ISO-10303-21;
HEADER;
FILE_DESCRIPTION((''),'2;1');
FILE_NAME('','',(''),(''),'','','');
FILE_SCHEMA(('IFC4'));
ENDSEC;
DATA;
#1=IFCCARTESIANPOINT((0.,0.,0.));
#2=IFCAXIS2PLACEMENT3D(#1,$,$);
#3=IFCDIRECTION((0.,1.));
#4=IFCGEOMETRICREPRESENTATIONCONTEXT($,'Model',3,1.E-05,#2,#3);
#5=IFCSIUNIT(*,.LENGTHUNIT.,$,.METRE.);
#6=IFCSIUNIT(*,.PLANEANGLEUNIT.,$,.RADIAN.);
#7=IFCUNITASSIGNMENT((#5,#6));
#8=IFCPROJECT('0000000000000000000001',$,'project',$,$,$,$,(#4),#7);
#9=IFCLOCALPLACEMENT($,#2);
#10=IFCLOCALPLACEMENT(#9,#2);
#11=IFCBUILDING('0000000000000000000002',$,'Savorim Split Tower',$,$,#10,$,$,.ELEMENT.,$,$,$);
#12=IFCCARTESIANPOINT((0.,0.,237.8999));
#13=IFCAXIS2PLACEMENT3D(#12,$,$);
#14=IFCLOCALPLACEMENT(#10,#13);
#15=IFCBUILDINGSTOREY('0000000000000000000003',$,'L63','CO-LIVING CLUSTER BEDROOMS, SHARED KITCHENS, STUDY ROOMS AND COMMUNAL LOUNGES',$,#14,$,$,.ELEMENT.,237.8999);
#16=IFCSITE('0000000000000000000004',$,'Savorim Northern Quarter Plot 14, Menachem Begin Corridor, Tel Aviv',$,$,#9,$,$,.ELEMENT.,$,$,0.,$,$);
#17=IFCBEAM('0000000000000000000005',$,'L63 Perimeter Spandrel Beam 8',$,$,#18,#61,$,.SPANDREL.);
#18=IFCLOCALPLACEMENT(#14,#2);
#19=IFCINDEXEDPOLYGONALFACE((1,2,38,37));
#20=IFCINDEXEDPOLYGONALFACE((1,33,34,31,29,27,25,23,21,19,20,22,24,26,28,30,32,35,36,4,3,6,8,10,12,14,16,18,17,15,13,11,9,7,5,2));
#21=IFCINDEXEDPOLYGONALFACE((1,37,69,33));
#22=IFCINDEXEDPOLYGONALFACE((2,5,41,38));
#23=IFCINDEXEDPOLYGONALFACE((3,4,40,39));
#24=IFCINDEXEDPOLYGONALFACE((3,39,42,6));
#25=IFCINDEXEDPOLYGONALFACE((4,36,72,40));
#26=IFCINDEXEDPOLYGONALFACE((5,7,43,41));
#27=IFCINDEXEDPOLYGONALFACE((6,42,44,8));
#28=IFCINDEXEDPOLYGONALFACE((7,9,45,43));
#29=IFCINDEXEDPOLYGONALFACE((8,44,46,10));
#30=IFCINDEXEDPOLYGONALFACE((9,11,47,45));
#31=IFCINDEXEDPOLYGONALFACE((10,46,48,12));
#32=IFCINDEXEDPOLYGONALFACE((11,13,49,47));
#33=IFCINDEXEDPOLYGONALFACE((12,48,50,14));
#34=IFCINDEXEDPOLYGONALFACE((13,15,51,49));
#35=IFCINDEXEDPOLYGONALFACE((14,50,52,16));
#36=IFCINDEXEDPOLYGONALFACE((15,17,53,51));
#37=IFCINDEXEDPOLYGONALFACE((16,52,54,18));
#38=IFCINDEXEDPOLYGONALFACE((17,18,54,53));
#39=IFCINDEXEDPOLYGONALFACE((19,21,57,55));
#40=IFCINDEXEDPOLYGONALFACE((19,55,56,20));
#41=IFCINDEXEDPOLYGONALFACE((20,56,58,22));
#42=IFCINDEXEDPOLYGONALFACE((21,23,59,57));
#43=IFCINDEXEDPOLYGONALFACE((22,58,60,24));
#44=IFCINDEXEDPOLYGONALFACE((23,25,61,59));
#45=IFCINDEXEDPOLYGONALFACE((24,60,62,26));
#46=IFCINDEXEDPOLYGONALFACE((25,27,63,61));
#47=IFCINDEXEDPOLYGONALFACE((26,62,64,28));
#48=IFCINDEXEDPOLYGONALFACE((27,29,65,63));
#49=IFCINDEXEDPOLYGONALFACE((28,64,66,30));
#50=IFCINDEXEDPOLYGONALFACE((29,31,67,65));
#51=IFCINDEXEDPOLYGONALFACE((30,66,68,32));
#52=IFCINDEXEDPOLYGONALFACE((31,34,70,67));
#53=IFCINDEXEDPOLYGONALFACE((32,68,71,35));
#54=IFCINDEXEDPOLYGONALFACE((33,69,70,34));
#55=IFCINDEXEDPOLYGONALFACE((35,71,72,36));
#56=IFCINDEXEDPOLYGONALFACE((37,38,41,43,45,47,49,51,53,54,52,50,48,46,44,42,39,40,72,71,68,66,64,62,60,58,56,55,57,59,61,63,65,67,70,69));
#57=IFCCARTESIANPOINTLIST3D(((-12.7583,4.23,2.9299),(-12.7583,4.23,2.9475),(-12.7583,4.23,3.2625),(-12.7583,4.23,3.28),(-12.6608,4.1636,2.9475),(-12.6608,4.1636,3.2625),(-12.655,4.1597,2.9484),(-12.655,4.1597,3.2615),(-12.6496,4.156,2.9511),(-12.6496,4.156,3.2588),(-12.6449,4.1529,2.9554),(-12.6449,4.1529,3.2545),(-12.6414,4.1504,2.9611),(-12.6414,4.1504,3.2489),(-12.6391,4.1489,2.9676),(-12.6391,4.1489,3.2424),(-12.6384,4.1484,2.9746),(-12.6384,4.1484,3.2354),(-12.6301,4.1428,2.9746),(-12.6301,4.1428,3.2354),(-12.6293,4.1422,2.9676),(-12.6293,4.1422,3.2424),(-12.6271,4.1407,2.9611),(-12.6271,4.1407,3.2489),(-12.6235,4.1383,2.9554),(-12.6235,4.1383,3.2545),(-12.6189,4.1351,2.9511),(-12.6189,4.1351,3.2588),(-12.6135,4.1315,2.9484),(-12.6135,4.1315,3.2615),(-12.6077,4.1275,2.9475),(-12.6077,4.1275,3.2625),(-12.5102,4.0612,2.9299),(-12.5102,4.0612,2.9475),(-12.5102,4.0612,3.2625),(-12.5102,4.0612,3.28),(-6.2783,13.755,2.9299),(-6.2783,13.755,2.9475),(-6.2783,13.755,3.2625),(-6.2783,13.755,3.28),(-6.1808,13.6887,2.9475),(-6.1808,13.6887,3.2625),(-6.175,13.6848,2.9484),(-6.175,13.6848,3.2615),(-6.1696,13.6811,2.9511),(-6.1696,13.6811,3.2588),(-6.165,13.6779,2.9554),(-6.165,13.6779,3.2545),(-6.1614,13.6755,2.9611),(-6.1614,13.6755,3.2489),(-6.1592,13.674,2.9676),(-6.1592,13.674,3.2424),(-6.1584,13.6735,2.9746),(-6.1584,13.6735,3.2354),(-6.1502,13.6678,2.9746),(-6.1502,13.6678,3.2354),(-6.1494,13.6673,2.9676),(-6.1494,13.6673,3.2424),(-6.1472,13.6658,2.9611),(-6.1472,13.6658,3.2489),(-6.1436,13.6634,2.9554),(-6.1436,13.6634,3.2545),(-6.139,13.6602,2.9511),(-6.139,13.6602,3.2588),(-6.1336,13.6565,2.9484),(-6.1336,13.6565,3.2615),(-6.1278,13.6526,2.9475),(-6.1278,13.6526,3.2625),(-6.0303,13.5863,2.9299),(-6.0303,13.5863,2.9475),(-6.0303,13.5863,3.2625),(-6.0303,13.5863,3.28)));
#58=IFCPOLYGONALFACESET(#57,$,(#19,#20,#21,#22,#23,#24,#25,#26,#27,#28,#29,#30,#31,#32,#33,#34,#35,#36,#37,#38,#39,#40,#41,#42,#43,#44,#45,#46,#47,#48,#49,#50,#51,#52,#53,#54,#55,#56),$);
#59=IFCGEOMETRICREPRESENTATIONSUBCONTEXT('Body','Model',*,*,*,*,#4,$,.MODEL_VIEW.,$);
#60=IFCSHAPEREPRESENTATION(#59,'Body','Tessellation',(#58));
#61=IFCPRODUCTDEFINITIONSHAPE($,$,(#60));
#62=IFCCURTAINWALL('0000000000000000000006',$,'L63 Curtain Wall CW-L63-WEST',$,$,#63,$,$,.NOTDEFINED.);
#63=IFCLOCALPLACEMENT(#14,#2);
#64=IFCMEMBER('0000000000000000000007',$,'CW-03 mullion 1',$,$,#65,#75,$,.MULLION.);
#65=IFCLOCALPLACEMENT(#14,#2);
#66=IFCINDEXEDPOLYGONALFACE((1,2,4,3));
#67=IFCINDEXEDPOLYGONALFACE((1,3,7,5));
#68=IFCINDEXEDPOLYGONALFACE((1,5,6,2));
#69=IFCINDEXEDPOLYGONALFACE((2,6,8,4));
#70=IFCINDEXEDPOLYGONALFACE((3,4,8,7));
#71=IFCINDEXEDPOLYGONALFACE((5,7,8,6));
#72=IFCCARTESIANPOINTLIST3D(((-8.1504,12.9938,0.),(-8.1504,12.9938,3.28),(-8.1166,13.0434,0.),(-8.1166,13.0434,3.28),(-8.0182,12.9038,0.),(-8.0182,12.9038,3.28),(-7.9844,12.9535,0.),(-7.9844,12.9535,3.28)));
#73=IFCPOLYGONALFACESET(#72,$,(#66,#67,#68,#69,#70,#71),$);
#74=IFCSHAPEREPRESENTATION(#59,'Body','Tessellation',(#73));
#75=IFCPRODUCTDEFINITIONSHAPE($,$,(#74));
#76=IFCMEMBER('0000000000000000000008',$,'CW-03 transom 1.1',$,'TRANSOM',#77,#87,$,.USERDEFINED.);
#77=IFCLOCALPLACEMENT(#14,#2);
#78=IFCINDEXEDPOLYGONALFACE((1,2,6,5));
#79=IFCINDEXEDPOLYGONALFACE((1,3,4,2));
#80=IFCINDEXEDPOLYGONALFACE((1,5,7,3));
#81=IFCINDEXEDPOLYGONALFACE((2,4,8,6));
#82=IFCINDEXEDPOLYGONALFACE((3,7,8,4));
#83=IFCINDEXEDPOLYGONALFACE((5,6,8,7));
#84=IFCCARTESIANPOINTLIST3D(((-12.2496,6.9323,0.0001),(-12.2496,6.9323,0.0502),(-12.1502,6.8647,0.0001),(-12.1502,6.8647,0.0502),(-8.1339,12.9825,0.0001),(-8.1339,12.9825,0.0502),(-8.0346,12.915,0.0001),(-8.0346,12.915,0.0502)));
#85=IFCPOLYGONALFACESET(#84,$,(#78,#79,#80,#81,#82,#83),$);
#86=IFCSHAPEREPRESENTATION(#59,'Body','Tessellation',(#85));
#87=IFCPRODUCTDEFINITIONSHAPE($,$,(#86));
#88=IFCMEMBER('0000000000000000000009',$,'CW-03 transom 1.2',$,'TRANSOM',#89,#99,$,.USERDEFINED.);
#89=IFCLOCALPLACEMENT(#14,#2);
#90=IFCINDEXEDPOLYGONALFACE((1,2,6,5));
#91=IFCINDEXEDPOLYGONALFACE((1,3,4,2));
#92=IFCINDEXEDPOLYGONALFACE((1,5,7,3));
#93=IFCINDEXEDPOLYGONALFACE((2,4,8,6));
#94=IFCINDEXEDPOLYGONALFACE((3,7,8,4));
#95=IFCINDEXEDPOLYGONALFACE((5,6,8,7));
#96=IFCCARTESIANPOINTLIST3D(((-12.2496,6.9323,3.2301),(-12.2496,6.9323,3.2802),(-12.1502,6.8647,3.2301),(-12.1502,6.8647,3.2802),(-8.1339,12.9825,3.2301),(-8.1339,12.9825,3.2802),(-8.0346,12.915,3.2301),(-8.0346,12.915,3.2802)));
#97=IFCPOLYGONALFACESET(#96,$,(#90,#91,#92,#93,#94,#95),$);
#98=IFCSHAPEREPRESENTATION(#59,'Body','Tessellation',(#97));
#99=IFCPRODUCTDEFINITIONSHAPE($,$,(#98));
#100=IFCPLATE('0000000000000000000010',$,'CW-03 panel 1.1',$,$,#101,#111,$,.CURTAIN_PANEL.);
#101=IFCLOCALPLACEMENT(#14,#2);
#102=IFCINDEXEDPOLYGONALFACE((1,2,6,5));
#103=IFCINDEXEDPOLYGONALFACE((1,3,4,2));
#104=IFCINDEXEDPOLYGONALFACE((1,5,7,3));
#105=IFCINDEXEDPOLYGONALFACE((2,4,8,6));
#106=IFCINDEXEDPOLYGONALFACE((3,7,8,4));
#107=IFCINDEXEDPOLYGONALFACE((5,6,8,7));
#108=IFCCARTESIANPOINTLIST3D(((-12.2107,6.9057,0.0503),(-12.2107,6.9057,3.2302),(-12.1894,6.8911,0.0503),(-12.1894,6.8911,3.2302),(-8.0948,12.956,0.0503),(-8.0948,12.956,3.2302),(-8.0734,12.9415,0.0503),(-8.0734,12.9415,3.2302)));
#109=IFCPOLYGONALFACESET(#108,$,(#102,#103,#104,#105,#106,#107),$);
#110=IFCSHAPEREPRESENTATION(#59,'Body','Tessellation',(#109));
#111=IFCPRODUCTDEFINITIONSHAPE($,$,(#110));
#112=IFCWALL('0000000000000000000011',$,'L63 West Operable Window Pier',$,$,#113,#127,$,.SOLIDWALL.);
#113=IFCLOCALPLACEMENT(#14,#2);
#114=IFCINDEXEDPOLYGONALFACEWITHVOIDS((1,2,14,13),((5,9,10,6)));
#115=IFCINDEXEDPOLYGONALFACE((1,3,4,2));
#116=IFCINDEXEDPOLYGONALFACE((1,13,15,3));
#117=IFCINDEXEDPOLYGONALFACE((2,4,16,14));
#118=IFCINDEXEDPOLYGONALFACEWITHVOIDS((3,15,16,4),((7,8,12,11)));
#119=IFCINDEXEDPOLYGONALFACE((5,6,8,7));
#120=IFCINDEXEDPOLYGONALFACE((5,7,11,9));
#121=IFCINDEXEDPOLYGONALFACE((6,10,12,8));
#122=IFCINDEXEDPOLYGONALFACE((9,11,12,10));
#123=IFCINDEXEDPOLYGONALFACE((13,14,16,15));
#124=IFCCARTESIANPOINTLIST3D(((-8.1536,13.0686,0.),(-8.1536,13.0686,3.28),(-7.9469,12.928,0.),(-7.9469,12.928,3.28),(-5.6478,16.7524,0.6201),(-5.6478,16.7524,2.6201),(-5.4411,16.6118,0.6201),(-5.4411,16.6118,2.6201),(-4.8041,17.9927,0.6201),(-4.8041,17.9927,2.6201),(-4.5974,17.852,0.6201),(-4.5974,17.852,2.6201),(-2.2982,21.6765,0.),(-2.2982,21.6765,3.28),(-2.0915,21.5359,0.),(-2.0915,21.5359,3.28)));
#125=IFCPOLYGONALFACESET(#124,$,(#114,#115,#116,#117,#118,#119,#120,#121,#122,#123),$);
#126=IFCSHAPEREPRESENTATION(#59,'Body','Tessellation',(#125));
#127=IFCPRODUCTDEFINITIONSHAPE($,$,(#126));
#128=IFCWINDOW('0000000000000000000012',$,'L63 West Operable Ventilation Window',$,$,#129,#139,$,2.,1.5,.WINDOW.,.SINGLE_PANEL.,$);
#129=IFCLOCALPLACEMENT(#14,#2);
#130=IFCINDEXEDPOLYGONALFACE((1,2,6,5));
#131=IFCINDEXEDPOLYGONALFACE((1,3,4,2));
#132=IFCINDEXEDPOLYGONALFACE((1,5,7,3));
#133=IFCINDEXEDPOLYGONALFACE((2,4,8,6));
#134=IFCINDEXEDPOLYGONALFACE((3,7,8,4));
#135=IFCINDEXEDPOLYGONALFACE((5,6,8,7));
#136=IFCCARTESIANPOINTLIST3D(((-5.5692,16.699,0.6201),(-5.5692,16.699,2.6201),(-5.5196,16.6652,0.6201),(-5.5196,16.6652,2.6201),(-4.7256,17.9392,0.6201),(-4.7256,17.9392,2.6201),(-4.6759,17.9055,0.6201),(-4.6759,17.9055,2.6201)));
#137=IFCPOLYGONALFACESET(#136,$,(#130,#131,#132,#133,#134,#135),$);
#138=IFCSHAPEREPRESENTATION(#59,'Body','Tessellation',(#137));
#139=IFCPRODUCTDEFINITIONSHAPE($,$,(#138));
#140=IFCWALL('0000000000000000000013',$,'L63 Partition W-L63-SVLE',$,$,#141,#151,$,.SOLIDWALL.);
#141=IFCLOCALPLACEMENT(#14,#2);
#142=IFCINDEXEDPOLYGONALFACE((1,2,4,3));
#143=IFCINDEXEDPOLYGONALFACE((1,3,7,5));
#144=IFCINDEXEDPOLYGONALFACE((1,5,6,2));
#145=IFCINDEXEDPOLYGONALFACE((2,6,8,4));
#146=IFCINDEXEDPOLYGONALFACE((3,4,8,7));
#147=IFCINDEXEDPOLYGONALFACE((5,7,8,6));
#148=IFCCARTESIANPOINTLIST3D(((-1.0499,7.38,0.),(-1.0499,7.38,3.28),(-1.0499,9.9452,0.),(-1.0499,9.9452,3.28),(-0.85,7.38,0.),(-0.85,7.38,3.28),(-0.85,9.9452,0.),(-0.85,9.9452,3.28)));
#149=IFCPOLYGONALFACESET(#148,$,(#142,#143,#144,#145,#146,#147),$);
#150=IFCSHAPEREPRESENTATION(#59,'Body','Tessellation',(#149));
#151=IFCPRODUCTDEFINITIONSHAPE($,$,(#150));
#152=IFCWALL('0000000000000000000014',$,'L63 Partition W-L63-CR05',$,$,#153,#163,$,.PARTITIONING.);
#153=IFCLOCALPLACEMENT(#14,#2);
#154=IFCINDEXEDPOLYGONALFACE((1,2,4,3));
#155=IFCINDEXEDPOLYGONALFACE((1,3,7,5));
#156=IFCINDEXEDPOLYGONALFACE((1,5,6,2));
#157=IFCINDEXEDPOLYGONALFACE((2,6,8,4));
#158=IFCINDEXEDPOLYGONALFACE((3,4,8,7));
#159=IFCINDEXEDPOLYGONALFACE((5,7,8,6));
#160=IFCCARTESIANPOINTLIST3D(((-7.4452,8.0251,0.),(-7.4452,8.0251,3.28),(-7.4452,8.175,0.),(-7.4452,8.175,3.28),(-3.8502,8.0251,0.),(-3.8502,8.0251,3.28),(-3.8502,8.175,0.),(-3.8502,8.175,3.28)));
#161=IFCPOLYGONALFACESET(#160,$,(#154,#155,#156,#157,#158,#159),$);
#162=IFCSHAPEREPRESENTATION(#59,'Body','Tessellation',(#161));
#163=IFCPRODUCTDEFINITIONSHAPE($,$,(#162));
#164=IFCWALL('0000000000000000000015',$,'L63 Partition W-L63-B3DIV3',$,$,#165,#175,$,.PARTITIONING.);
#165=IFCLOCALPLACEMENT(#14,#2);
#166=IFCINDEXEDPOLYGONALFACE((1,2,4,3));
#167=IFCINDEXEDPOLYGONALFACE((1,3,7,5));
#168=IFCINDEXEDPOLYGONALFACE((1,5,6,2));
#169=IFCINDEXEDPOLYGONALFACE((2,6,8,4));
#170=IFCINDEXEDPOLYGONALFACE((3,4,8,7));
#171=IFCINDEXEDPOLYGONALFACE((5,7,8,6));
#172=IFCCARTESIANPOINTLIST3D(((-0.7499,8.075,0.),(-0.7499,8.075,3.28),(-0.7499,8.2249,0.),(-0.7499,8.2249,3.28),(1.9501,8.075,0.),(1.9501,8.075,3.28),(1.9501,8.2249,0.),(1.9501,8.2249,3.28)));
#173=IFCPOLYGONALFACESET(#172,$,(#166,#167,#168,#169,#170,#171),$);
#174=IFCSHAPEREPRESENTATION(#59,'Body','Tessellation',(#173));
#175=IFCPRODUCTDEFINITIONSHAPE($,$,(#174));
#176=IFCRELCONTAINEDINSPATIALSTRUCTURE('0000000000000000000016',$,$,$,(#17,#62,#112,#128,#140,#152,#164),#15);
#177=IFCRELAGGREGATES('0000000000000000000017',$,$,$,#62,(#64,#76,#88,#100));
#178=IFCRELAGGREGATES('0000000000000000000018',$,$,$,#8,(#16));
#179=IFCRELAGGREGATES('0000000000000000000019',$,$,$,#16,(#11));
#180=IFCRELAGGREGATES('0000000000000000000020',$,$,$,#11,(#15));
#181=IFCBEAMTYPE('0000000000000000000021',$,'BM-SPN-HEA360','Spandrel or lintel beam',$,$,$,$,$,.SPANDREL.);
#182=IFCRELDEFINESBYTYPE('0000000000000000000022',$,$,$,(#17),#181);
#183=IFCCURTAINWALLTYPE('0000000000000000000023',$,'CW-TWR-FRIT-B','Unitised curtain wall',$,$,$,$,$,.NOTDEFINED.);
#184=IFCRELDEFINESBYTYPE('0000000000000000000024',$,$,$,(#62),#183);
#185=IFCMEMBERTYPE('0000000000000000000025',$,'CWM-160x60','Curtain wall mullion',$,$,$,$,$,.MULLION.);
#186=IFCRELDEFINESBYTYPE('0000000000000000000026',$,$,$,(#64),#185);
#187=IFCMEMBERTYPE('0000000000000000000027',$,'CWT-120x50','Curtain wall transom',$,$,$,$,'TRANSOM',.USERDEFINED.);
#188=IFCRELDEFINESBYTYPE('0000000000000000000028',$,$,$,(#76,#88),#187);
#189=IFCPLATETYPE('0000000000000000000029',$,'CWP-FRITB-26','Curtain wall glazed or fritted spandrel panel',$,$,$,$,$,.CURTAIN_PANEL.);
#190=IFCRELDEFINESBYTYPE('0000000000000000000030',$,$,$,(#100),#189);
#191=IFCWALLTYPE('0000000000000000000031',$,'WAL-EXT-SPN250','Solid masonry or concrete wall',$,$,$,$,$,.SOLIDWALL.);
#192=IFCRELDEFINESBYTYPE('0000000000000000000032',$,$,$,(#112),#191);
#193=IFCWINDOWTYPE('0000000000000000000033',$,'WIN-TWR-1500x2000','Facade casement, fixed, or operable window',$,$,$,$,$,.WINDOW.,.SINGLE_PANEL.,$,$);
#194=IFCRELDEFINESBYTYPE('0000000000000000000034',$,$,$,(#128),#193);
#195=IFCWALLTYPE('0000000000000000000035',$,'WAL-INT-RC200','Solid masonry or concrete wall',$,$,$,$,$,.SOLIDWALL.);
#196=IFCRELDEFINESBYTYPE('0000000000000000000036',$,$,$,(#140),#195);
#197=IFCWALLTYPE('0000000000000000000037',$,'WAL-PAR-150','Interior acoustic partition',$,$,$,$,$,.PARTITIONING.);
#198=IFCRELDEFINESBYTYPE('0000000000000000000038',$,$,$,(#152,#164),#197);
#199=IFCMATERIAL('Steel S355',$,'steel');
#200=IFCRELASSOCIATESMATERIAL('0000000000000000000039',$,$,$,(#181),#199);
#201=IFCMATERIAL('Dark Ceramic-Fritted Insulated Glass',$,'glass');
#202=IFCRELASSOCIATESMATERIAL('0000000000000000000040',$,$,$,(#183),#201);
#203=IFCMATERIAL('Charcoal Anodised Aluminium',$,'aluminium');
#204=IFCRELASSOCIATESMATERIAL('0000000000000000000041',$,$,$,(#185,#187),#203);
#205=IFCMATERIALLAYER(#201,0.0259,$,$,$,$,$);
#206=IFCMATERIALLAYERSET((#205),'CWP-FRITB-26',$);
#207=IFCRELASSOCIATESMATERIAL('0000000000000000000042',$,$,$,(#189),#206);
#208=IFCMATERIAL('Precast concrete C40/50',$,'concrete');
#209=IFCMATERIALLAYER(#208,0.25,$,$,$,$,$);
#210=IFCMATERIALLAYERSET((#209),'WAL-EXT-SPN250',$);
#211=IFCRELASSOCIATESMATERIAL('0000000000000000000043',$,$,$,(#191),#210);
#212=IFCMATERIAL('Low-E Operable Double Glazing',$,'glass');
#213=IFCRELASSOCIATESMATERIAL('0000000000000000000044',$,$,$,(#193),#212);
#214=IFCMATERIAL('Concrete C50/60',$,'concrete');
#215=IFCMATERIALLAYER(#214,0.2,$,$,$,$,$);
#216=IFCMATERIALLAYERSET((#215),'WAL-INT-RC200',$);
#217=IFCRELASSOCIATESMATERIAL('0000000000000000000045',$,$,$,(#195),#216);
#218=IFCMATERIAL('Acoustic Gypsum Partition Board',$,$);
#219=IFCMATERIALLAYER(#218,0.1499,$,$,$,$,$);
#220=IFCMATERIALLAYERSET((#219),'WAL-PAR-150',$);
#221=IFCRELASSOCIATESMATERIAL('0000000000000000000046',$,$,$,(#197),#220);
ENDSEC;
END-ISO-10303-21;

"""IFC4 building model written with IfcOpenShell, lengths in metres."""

from ifc_helpers import new_model, si_unit, direction, frame, frame_2d, origin, origin_2d, place, context, subcontext, project, spatial, rectangle, i_section, extrude, material, layer, layer_set, material_profile, profile_set, type_object, element, fill, aggregate, save


model = new_model("IFC4")

# Units and contexts
model_context = context("Model", 3, precision=1e-05, world=origin(), true_north=direction((0.0, 1.0)))
body_context = subcontext(model_context, "Body", "Model", "MODEL_VIEW")
ifc_project = project(units=[si_unit("LENGTHUNIT", "METRE"), si_unit("PLANEANGLEUNIT", "RADIAN")], contexts=[model_context])

# Site, building, storey
site_placement = place(None, origin())
site = spatial("IfcSite", under=ifc_project, at=site_placement, Name="Savorim Northern Quarter Plot 14, Menachem Begin Corridor, Tel Aviv", CompositionType="ELEMENT", RefElevation=0.0)
building_placement = place(site_placement, origin())
building = spatial("IfcBuilding", under=site, at=building_placement, Name="Savorim Split Tower", CompositionType="ELEMENT")
storey_placement = place(building_placement, frame((0.0, 0.0, 237.8999)))
storey = spatial("IfcBuildingStorey", under=building, at=storey_placement, Name="L63", Description="CO-LIVING CLUSTER BEDROOMS, SHARED KITCHENS, STUDY ROOMS AND COMMUNAL LOUNGES", CompositionType="ELEMENT", Elevation=237.8999)

# Shared definitions
ifc_material_1 = material(Name="Steel S355", Category="steel")

# Beam
ifc_material_profile_1 = material_profile(ifc_material_1, i_section(OverallWidth=0.3, OverallDepth=0.3501, WebThickness=0.01, FlangeThickness=0.0176, FilletRadius=0.0271, at=origin_2d()), Name="HEA 360")
ifc_profile_set_1 = profile_set([ifc_material_profile_1], Name="Steel S355")
beam_type_1 = type_object("IfcBeamType", Name="BM-SPN-HEA360", Description="Spandrel or lintel beam", PredefinedType="SPANDREL", material=ifc_profile_set_1)
beam_1_placement = place(storey_placement, frame((-6.1543, 13.6707, 3.105), z_axis=(-0.562481, -0.82681, 0.0), x_axis=(0.82681, -0.562481, 0.0)))
element("IfcBeam", 1, at=beam_1_placement, inside=storey, type_object=beam_type_1, Name="L63 Perimeter Spandrel Beam 8", PredefinedType="SPANDREL", context=body_context, shape_type="SweptSolid", body=[
    extrude(i_section(OverallWidth=0.3, OverallDepth=0.3501, WebThickness=0.01, FlangeThickness=0.0176, FilletRadius=0.0271, at=origin_2d()), origin(), (0.0, 0.0, 1.0), 11.5203),
])

# Curtain wall, members, plate
ifc_material_2 = material(Name="Dark Ceramic-Fritted Insulated Glass", Category="glass")
curtain_wall_type = type_object("IfcCurtainWallType", Name="CW-TWR-FRIT-B", Description="Unitised curtain wall", PredefinedType="NOTDEFINED", material=ifc_material_2)
curtain_wall_placement = place(storey_placement, origin())
curtain_wall = element("IfcCurtainWall", 2, at=curtain_wall_placement, inside=storey, type_object=curtain_wall_type, Name="L63 Curtain Wall CW-L63-WEST", PredefinedType="NOTDEFINED")
ifc_material_3 = material(Name="Charcoal Anodised Aluminium", Category="aluminium")
ifc_material_profile_2 = material_profile(ifc_material_3, rectangle(XDim=0.1599, YDim=0.0601, at=origin_2d()), Name="ALU-M 160x60")
ifc_profile_set_2 = profile_set([ifc_material_profile_2], Name="Charcoal Anodised Aluminium")
member_type_1 = type_object("IfcMemberType", Name="CWM-160x60", Description="Curtain wall mullion", PredefinedType="MULLION", material=ifc_profile_set_2)
member_1_placement = place(storey_placement, frame((-8.0674, 12.9736, 0.0), z_axis=(0.0, 0.0, 1.0), x_axis=(0.82682, -0.562467, 0.0)))
member_1 = element("IfcMember", 3, at=member_1_placement, type_object=member_type_1, Name="CW-03 mullion 1", PredefinedType="MULLION", context=body_context, shape_type="SweptSolid", body=[
    extrude(rectangle(XDim=0.1599, YDim=0.0601, at=origin_2d()), origin(), (0.0, 0.0, 1.0), 3.28),
])
ifc_material_profile_3 = material_profile(ifc_material_3, rectangle(XDim=0.1201, YDim=0.05, at=origin_2d()), Name="ALU-T 120x50")
ifc_profile_set_3 = profile_set([ifc_material_profile_3], Name="Charcoal Anodised Aluminium")
member_type_2 = type_object("IfcMemberType", Name="CWT-120x50", Description="Curtain wall transom", ElementType="TRANSOM", PredefinedType="USERDEFINED", material=ifc_profile_set_3)
member_2_placement = place(storey_placement, frame((-8.0842, 12.9487, 0.0251), z_axis=(-0.562452, -0.82683, 0.0), x_axis=(0.82683, -0.562452, 0.0)))
member_2 = element("IfcMember", 4, at=member_2_placement, type_object=member_type_2, Name="CW-03 transom 1.1", ObjectType="TRANSOM", PredefinedType="USERDEFINED", context=body_context, shape_type="SweptSolid", body=[
    extrude(rectangle(XDim=0.1201, YDim=0.05, at=origin_2d()), origin(), (0.0, 0.0, 1.0), 7.3174),
])
member_3_placement = place(storey_placement, frame((-8.0842, 12.9487, 3.2551), z_axis=(-0.562452, -0.82683, 0.0), x_axis=(0.82683, -0.562452, 0.0)))
member_3 = element("IfcMember", 5, at=member_3_placement, type_object=member_type_2, Name="CW-03 transom 1.2", ObjectType="TRANSOM", PredefinedType="USERDEFINED", context=body_context, shape_type="SweptSolid", body=[
    extrude(rectangle(XDim=0.1201, YDim=0.05, at=origin_2d()), origin(), (0.0, 0.0, 1.0), 7.3174),
])
ifc_layer_1 = layer(ifc_material_2, 0.0259)
ifc_layer_set_1 = layer_set([ifc_layer_1], Name="CWP-FRITB-26")
plate_type = type_object("IfcPlateType", Name="CWP-FRITB-26", Description="Curtain wall glazed or fritted spandrel panel", PredefinedType="CURTAIN_PANEL", material=ifc_layer_set_1)
plate_placement = place(storey_placement, frame((-10.1421, 9.9236, 0.0503), z_axis=(0.0, 0.0, 1.0), x_axis=(-0.562467, -0.82682, 0.0)))
plate = element("IfcPlate", 6, at=plate_placement, type_object=plate_type, Name="CW-03 panel 1.1", PredefinedType="CURTAIN_PANEL", context=body_context, shape_type="SweptSolid", body=[
    extrude(rectangle(XDim=7.3176, YDim=0.0259, at=origin_2d()), origin(), (0.0, 0.0, 1.0), 3.1799),
])
aggregate(curtain_wall, [member_1, member_2, member_3, plate])

# Shared definitions
ifc_material_4 = material(Name="Precast concrete C40/50", Category="concrete")

# Wall, opening, window
ifc_layer_2 = layer(ifc_material_4, 0.25)
ifc_layer_set_2 = layer_set([ifc_layer_2], Name="WAL-EXT-SPN250")
wall_type_1 = type_object("IfcWallType", Name="WAL-EXT-SPN250", Description="Solid masonry or concrete wall", PredefinedType="SOLIDWALL", material=ifc_layer_set_2)
wall_1_placement = place(storey_placement, frame((-8.0503, 12.9983, 0.0), z_axis=(0.0, 0.0, 1.0), x_axis=(0.562447, 0.826833, 0.0)))
wall_1 = element("IfcWall", 7, at=wall_1_placement, inside=storey, type_object=wall_type_1, Name="L63 West Operable Window Pier", PredefinedType="SOLIDWALL", context=body_context, shape_type="SweptSolid", body=[
    extrude(rectangle(XDim=10.4106, YDim=0.25, at=frame_2d((5.2053, 0.0))), origin(), (0.0, 0.0, 1.0), 3.28),
])
opening_1_placement = place(wall_1_placement, frame((4.4553, 0.0, 0.6201)))
opening_1 = element("IfcOpeningElement", 8, at=opening_1_placement, cuts=wall_1, PredefinedType="OPENING", context=body_context, shape_type="SweptSolid", body=[
    extrude(rectangle(XDim=1.5, YDim=2.0, at=frame_2d((0.75, 1.0))), frame((0.0, 0.135, 0.0), z_axis=(0.0, -1.0, 0.0), x_axis=(1.0, 0.0, 0.0)), (0.0, 0.0, 1.0), 0.27),
])
ifc_material_5 = material(Name="Low-E Operable Double Glazing", Category="glass")
window_type = type_object("IfcWindowType", Name="WIN-TWR-1500x2000", Description="Facade casement, fixed, or operable window", PartitioningType="SINGLE_PANEL", PredefinedType="WINDOW", material=ifc_material_5)
window_placement = place(opening_1_placement, origin())
window = element("IfcWindow", 9, at=window_placement, inside=storey, type_object=window_type, Name="L63 West Operable Ventilation Window", OverallHeight=2.0, OverallWidth=1.5, PartitioningType="SINGLE_PANEL", PredefinedType="WINDOW", context=body_context, shape_type="SweptSolid", body=[
    extrude(rectangle(XDim=1.5, YDim=2.0, at=frame_2d((0.75, 1.0))), frame((0.0, 0.03, 0.0), z_axis=(0.0, -1.0, 0.0), x_axis=(1.0, 0.0, 0.0)), (0.0, 0.0, 1.0), 0.0601),
])
fill(opening_1, window)

# Walls
ifc_material_6 = material(Name="Concrete C50/60", Category="concrete")
ifc_layer_3 = layer(ifc_material_6, 0.2)
ifc_layer_set_3 = layer_set([ifc_layer_3], Name="WAL-INT-RC200")
wall_type_2 = type_object("IfcWallType", Name="WAL-INT-RC200", Description="Solid masonry or concrete wall", PredefinedType="SOLIDWALL", material=ifc_layer_set_3)
wall_2_placement = place(storey_placement, frame((-0.95, 7.3799, 0.0), z_axis=(0.0, 0.0, 1.0), x_axis=(0.0, 1.0, 0.0)))
element("IfcWall", 10, at=wall_2_placement, inside=storey, type_object=wall_type_2, Name="L63 Partition W-L63-SVLE", PredefinedType="SOLIDWALL", context=body_context, shape_type="SweptSolid", body=[
    extrude(rectangle(XDim=2.5652, YDim=0.2, at=frame_2d((1.2827, 0.0))), origin(), (0.0, 0.0, 1.0), 3.28),
])
ifc_material_7 = material(Name="Acoustic Gypsum Partition Board")
ifc_layer_4 = layer(ifc_material_7, 0.1499)
ifc_layer_set_4 = layer_set([ifc_layer_4], Name="WAL-PAR-150")
wall_type_3 = type_object("IfcWallType", Name="WAL-PAR-150", Description="Interior acoustic partition", PredefinedType="PARTITIONING", material=ifc_layer_set_4)
wall_3_placement = place(storey_placement, frame((-7.4451, 8.1001, 0.0), z_axis=(0.0, 0.0, 1.0), x_axis=(1.0, 0.0, 0.0)))
element("IfcWall", 11, at=wall_3_placement, inside=storey, type_object=wall_type_3, Name="L63 Partition W-L63-CR05", PredefinedType="PARTITIONING", context=body_context, shape_type="SweptSolid", body=[
    extrude(rectangle(XDim=3.595, YDim=0.1499, at=frame_2d((1.7974, 0.0))), origin(), (0.0, 0.0, 1.0), 3.28),
])
wall_4_placement = place(storey_placement, frame((-0.75, 8.1499, 0.0), z_axis=(0.0, 0.0, 1.0), x_axis=(1.0, 0.0, 0.0)))
element("IfcWall", 12, at=wall_4_placement, inside=storey, type_object=wall_type_3, Name="L63 Partition W-L63-B3DIV3", PredefinedType="PARTITIONING", context=body_context, shape_type="SweptSolid", body=[
    extrude(rectangle(XDim=2.7, YDim=0.1499, at=frame_2d((1.3501, 0.0))), origin(), (0.0, 0.0, 1.0), 3.28),
])

save(model, "model.ifc")
